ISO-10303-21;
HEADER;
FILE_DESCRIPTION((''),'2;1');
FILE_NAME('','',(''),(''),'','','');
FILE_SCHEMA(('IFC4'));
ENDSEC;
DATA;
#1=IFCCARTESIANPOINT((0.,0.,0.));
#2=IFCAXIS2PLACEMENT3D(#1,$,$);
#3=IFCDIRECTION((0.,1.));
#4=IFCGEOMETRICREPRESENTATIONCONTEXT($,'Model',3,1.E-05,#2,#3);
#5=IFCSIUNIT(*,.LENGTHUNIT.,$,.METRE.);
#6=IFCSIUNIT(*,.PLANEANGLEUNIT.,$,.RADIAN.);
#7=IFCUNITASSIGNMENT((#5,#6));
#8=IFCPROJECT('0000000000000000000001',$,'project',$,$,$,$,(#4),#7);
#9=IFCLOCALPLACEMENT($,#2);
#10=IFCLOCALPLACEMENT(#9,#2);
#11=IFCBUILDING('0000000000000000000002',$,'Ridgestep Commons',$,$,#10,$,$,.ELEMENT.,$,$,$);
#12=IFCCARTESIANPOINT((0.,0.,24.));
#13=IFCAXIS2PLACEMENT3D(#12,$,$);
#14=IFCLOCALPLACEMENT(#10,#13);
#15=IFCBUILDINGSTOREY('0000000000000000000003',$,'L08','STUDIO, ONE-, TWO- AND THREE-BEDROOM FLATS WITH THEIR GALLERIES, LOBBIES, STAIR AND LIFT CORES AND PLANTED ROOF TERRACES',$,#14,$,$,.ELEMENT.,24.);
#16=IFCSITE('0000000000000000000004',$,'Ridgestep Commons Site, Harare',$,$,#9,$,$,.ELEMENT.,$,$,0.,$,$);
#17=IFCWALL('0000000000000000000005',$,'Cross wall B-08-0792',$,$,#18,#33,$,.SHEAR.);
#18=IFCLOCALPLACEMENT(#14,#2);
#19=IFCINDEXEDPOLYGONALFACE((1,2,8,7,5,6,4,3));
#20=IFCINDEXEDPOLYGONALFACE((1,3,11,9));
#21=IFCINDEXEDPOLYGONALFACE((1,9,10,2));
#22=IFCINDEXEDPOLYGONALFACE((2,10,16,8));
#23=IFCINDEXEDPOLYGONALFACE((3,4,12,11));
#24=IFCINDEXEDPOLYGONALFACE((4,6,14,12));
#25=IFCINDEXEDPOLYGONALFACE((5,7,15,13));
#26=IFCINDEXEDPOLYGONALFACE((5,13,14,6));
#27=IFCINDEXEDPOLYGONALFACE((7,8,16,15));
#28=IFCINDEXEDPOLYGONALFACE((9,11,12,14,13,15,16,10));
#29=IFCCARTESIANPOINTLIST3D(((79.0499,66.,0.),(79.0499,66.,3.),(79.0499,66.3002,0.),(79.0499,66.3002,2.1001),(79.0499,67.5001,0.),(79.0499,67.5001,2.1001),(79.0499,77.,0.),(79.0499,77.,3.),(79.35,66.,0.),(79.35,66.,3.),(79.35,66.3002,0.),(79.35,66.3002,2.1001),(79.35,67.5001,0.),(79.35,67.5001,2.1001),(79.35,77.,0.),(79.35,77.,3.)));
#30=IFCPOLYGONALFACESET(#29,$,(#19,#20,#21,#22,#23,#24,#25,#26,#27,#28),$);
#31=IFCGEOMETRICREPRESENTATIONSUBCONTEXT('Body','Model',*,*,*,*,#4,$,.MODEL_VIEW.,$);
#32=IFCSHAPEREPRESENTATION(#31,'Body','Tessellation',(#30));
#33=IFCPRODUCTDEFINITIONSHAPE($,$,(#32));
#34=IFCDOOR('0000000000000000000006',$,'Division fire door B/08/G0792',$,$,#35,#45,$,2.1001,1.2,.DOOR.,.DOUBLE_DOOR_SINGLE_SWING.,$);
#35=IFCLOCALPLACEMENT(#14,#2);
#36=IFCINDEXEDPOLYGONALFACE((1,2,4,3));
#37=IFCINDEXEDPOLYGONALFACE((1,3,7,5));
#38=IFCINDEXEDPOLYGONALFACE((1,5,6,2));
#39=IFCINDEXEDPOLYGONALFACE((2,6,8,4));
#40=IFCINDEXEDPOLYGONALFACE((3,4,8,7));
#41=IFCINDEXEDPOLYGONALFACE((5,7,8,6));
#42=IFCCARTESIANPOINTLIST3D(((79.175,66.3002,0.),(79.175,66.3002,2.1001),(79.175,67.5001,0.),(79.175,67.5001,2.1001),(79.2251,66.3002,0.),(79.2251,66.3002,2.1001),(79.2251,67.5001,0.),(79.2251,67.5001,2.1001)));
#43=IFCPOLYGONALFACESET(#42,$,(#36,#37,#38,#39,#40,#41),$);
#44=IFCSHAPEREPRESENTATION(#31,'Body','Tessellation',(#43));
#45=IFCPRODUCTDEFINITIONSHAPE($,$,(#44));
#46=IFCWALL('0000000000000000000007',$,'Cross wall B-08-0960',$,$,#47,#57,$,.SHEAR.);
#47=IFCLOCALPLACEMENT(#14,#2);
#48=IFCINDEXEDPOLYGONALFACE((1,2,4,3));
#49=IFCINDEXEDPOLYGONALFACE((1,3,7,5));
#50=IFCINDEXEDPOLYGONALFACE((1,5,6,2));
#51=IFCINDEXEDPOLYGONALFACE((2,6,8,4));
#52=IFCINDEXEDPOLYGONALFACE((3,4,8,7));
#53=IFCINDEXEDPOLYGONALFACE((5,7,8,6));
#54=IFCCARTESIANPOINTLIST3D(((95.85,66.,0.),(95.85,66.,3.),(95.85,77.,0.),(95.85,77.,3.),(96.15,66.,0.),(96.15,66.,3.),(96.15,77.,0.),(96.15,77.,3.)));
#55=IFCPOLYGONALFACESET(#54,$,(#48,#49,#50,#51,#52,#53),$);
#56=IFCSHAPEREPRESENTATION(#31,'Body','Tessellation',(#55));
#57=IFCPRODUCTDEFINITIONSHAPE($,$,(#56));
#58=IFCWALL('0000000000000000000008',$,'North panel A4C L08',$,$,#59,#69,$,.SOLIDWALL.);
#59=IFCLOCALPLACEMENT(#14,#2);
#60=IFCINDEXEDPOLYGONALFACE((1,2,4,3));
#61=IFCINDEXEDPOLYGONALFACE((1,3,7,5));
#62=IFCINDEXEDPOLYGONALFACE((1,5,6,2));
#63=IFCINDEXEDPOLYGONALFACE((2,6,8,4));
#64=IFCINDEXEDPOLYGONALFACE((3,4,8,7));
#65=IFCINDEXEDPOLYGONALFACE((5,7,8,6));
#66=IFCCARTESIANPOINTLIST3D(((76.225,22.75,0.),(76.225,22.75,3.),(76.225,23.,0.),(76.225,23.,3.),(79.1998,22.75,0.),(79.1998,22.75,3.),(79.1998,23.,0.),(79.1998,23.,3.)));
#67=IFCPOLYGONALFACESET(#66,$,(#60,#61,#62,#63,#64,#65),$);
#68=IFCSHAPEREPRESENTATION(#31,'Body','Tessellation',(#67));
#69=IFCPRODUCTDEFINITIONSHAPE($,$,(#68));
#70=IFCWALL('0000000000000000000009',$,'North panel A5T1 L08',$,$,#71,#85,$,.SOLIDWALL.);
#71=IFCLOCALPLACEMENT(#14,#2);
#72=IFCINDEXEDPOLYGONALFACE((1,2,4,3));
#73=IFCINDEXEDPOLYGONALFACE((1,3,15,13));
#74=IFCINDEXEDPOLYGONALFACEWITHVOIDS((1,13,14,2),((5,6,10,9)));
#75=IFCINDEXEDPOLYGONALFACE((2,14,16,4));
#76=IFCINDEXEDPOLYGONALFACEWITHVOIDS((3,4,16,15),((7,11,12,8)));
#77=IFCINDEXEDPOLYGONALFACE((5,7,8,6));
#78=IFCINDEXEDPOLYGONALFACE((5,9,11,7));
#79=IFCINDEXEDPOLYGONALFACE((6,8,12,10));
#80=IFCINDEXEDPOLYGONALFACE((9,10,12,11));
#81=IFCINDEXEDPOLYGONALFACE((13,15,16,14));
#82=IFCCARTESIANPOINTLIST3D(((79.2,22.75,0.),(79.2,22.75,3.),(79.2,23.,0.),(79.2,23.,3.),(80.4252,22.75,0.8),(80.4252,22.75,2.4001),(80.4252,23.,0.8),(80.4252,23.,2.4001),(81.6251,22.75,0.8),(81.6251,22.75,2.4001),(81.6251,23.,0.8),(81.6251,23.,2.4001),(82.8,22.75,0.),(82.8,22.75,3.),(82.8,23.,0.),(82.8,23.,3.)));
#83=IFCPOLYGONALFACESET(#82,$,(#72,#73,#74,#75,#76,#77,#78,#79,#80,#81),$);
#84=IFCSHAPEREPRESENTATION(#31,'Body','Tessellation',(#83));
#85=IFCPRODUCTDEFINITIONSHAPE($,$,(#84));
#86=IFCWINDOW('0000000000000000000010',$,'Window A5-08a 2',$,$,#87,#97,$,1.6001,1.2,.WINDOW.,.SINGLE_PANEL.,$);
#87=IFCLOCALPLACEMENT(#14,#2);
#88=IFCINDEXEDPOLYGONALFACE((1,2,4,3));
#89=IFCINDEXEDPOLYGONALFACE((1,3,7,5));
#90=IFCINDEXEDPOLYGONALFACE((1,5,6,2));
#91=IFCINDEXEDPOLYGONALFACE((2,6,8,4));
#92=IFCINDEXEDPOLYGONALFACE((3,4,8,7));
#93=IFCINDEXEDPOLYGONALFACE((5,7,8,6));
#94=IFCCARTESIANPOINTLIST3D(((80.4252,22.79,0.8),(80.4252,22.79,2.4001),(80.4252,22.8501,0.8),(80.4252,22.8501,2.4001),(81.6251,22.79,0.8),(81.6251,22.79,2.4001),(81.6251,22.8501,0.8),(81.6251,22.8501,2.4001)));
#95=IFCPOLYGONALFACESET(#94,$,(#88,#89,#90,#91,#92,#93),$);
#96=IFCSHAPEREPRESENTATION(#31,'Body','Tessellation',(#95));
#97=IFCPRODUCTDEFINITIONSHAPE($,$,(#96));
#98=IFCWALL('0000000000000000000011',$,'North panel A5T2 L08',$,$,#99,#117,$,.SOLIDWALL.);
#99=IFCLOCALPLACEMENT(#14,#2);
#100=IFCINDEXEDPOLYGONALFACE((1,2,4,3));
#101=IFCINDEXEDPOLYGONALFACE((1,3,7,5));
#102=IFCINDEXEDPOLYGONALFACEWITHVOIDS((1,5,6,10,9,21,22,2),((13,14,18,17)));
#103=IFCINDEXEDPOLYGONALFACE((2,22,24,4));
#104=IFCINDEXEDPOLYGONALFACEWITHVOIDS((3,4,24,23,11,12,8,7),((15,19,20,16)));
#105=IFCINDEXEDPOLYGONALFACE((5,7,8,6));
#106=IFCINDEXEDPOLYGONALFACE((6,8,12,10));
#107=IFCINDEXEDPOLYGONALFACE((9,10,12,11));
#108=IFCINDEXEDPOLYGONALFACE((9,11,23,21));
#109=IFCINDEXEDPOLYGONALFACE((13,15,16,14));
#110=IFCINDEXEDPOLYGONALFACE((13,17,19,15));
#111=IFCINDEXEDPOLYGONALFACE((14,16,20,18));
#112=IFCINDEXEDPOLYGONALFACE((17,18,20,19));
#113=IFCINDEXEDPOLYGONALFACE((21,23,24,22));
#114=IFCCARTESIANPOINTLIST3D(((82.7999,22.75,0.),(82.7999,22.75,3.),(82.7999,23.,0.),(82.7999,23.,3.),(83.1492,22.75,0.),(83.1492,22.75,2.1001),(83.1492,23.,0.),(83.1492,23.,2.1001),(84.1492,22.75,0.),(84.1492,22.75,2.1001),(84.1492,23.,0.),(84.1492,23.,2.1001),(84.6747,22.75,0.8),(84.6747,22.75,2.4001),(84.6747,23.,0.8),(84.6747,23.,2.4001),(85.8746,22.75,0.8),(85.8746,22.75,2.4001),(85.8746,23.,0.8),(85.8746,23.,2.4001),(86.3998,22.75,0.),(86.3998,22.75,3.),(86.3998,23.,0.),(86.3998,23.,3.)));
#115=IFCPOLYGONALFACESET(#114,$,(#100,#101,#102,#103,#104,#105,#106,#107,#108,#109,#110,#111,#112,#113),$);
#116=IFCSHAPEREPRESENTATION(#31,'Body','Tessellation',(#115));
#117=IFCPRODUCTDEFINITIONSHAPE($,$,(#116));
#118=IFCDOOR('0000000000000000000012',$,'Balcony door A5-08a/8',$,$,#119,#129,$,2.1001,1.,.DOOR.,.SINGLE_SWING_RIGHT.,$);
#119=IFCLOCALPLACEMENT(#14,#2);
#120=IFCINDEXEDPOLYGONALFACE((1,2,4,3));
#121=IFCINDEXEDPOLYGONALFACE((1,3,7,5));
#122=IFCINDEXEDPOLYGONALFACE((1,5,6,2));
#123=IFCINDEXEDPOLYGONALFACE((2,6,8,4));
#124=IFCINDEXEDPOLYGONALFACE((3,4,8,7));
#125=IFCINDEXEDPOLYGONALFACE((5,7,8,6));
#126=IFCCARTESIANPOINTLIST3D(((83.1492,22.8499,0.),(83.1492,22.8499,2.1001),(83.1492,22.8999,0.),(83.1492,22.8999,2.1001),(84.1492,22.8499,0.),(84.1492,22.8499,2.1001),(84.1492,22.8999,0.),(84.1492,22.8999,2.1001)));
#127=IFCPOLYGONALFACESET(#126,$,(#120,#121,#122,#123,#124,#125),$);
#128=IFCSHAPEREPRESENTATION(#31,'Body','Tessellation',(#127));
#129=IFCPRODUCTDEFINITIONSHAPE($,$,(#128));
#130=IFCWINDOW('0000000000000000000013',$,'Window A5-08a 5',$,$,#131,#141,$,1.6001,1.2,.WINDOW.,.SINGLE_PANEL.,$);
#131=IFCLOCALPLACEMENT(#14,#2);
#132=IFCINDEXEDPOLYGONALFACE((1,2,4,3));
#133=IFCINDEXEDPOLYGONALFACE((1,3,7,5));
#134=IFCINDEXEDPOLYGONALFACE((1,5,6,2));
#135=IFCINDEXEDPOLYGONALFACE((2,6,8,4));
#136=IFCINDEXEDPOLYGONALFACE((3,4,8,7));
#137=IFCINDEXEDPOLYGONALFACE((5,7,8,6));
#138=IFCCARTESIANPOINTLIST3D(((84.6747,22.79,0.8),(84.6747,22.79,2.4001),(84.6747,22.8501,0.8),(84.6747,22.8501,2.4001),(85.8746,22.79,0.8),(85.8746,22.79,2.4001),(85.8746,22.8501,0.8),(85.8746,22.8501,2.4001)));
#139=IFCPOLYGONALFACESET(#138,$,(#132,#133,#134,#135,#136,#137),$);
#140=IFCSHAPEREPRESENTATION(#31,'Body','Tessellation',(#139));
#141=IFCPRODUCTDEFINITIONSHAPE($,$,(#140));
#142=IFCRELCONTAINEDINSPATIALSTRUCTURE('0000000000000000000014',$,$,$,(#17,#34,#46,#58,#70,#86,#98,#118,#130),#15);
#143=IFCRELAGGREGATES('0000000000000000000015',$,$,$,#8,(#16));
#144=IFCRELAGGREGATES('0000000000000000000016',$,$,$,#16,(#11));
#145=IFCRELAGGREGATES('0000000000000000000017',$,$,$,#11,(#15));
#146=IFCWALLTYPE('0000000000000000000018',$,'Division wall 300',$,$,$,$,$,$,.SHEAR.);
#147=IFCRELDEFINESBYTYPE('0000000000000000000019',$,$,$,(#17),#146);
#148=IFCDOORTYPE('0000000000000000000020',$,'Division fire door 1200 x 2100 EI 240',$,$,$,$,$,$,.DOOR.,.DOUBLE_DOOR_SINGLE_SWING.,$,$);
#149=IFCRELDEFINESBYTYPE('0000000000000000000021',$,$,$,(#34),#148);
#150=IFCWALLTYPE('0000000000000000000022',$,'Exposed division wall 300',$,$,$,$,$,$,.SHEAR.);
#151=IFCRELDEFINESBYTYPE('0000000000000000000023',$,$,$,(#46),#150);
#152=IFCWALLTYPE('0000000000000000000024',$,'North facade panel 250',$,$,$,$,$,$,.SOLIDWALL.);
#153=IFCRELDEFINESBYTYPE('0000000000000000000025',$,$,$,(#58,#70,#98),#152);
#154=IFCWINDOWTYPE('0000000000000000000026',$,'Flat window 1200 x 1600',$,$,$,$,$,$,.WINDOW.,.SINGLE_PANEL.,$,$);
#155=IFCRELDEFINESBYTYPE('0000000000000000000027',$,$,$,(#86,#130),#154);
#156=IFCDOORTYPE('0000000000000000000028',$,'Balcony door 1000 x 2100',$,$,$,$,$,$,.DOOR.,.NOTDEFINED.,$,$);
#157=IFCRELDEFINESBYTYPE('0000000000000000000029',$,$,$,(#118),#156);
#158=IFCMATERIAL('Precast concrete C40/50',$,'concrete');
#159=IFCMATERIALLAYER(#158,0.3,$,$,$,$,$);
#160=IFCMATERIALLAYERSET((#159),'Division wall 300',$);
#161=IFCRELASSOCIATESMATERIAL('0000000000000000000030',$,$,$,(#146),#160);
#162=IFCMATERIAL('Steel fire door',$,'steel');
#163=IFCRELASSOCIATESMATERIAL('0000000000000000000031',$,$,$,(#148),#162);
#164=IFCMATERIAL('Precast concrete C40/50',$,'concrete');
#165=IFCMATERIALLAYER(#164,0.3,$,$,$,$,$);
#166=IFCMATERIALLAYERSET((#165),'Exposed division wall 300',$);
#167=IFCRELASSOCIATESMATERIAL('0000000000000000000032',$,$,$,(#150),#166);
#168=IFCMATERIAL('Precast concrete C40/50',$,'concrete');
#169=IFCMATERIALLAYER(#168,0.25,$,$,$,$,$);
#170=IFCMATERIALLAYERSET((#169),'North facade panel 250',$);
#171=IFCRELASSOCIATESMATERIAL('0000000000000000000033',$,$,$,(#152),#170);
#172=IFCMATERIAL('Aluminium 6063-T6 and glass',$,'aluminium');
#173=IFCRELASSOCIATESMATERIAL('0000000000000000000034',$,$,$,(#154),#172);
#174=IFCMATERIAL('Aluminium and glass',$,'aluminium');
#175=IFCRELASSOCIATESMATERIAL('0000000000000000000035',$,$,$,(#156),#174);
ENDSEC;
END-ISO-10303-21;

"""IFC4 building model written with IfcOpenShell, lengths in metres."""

from ifc_helpers import new_model, si_unit, direction, frame, frame_2d, origin, place, context, subcontext, project, spatial, rectangle, extrude, material, layer, layer_set, type_object, element, fill, save


model = new_model("IFC4")

# Units and contexts
model_context = context("Model", 3, precision=1e-05, world=origin(), true_north=direction((0.0, 1.0)))
body_context = subcontext(model_context, "Body", "Model", "MODEL_VIEW")
ifc_project = project(units=[si_unit("LENGTHUNIT", "METRE"), si_unit("PLANEANGLEUNIT", "RADIAN")], contexts=[model_context])

# Site, building, storey
site_placement = place(None, origin())
site = spatial("IfcSite", under=ifc_project, at=site_placement, Name="Ridgestep Commons Site, Harare", CompositionType="ELEMENT", RefElevation=0.0)
building_placement = place(site_placement, origin())
building = spatial("IfcBuilding", under=site, at=building_placement, Name="Ridgestep Commons", CompositionType="ELEMENT")
storey_placement = place(building_placement, frame((0.0, 0.0, 24.0)))
storey = spatial("IfcBuildingStorey", under=building, at=storey_placement, Name="L08", Description="STUDIO, ONE-, TWO- AND THREE-BEDROOM FLATS WITH THEIR GALLERIES, LOBBIES, STAIR AND LIFT CORES AND PLANTED ROOF TERRACES", CompositionType="ELEMENT", Elevation=24.0)

# Wall, opening, door
ifc_material_1 = material(Name="Precast concrete C40/50", Category="concrete")
ifc_layer_1 = layer(ifc_material_1, 0.3)
ifc_layer_set_1 = layer_set([ifc_layer_1], Name="Division wall 300")
wall_type_1 = type_object("IfcWallType", Name="Division wall 300", PredefinedType="SHEAR", material=ifc_layer_set_1)
wall_1_placement = place(storey_placement, frame((79.2, 66.0, 0.0), z_axis=(0.0, 0.0, 1.0), x_axis=(0.0, 1.0, 0.0)))
wall_1 = element("IfcWall", 1, at=wall_1_placement, inside=storey, type_object=wall_type_1, Name="Cross wall B-08-0792", PredefinedType="SHEAR", context=body_context, shape_type="SweptSolid", body=[
    extrude(rectangle(XDim=11.0, YDim=0.3, at=frame_2d((5.5, 0.0))), origin(), (0.0, 0.0, 1.0), 3.0),
])
opening_1_placement = place(wall_1_placement, frame((0.3, 0.0, 0.0)))
opening_1 = element("IfcOpeningElement", 2, at=opening_1_placement, cuts=wall_1, PredefinedType="OPENING", context=body_context, shape_type="SweptSolid", body=[
    extrude(rectangle(XDim=1.2, YDim=2.1001, at=frame_2d((0.6001, 1.05))), frame((0.0, 0.1599, 0.0), z_axis=(0.0, -1.0, 0.0), x_axis=(1.0, 0.0, 0.0)), (0.0, 0.0, 1.0), 0.3201),
])
ifc_material_2 = material(Name="Steel fire door", Category="steel")
door_type_1 = type_object("IfcDoorType", Name="Division fire door 1200 x 2100 EI 240", OperationType="DOUBLE_DOOR_SINGLE_SWING", PredefinedType="DOOR", material=ifc_material_2)
door_1_placement = place(opening_1_placement, origin())
door_1 = element("IfcDoor", 3, at=door_1_placement, inside=storey, type_object=door_type_1, Name="Division fire door B/08/G0792", OperationType="DOUBLE_DOOR_SINGLE_SWING", OverallHeight=2.1001, OverallWidth=1.2, PredefinedType="DOOR", context=body_context, shape_type="SweptSolid", body=[
    extrude(rectangle(XDim=1.2, YDim=2.1001, at=frame_2d((0.6001, 1.05))), frame((0.0, 0.0249, 0.0), z_axis=(0.0, -1.0, 0.0), x_axis=(1.0, 0.0, 0.0)), (0.0, 0.0, 1.0), 0.05),
])
fill(opening_1, door_1)

# Walls
ifc_material_3 = material(Name="Precast concrete C40/50", Category="concrete")
ifc_layer_2 = layer(ifc_material_3, 0.3)
ifc_layer_set_2 = layer_set([ifc_layer_2], Name="Exposed division wall 300")
wall_type_2 = type_object("IfcWallType", Name="Exposed division wall 300", PredefinedType="SHEAR", material=ifc_layer_set_2)
wall_2_placement = place(storey_placement, frame((96.0, 66.0, 0.0), z_axis=(0.0, 0.0, 1.0), x_axis=(0.0, 1.0, 0.0)))
element("IfcWall", 4, at=wall_2_placement, inside=storey, type_object=wall_type_2, Name="Cross wall B-08-0960", PredefinedType="SHEAR", context=body_context, shape_type="SweptSolid", body=[
    extrude(rectangle(XDim=11.0, YDim=0.3, at=frame_2d((5.5, 0.0))), origin(), (0.0, 0.0, 1.0), 3.0),
])
ifc_material_4 = material(Name="Precast concrete C40/50", Category="concrete")
ifc_layer_3 = layer(ifc_material_4, 0.25)
ifc_layer_set_3 = layer_set([ifc_layer_3], Name="North facade panel 250")
wall_type_3 = type_object("IfcWallType", Name="North facade panel 250", PredefinedType="SOLIDWALL", material=ifc_layer_set_3)
wall_3_placement = place(storey_placement, frame((76.2251, 22.875, 0.0), z_axis=(0.0, 0.0, 1.0), x_axis=(1.0, 0.0, 0.0)))
element("IfcWall", 5, at=wall_3_placement, inside=storey, type_object=wall_type_3, Name="North panel A4C L08", PredefinedType="SOLIDWALL", context=body_context, shape_type="SweptSolid", body=[
    extrude(rectangle(XDim=2.9749, YDim=0.25, at=frame_2d((1.4873, 0.0))), origin(), (0.0, 0.0, 1.0), 3.0),
])

# Wall, opening, window
wall_4_placement = place(storey_placement, frame((79.2, 22.875, 0.0), z_axis=(0.0, 0.0, 1.0), x_axis=(1.0, 0.0, 0.0)))
wall_4 = element("IfcWall", 6, at=wall_4_placement, inside=storey, type_object=wall_type_3, Name="North panel A5T1 L08", PredefinedType="SOLIDWALL", context=body_context, shape_type="SweptSolid", body=[
    extrude(rectangle(XDim=3.6001, YDim=0.25, at=frame_2d((1.8, 0.0))), origin(), (0.0, 0.0, 1.0), 3.0),
])
opening_2_placement = place(wall_4_placement, frame((1.2251, 0.0, 0.8)))
opening_2 = element("IfcOpeningElement", 7, at=opening_2_placement, cuts=wall_4, PredefinedType="OPENING", context=body_context, shape_type="SweptSolid", body=[
    extrude(rectangle(XDim=1.2, YDim=1.6001, at=frame_2d((0.6001, 0.8))), frame((0.0, 0.135, 0.0), z_axis=(0.0, -1.0, 0.0), x_axis=(1.0, 0.0, 0.0)), (0.0, 0.0, 1.0), 0.27),
])
ifc_material_5 = material(Name="Aluminium 6063-T6 and glass", Category="aluminium")
window_type_1 = type_object("IfcWindowType", Name="Flat window 1200 x 1600", PartitioningType="SINGLE_PANEL", PredefinedType="WINDOW", material=ifc_material_5)
window_1_placement = place(opening_2_placement, origin())
window_1 = element("IfcWindow", 8, at=window_1_placement, inside=storey, type_object=window_type_1, Name="Window A5-08a 2", OverallHeight=1.6001, OverallWidth=1.2, PartitioningType="SINGLE_PANEL", PredefinedType="WINDOW", context=body_context, shape_type="SweptSolid", body=[
    extrude(rectangle(XDim=1.2, YDim=1.6001, at=frame_2d((0.6001, 0.8))), frame((0.0, -0.0249, 0.0), z_axis=(0.0, -1.0, 0.0), x_axis=(1.0, 0.0, 0.0)), (0.0, 0.0, 1.0), 0.0601),
])
fill(opening_2, window_1)

# Wall, openings, door, window
wall_5_placement = place(storey_placement, frame((82.8, 22.875, 0.0), z_axis=(0.0, 0.0, 1.0), x_axis=(1.0, 0.0, 0.0)))
wall_5 = element("IfcWall", 9, at=wall_5_placement, inside=storey, type_object=wall_type_3, Name="North panel A5T2 L08", PredefinedType="SOLIDWALL", context=body_context, shape_type="SweptSolid", body=[
    extrude(rectangle(XDim=3.5999, YDim=0.25, at=frame_2d((1.7998, 0.0))), origin(), (0.0, 0.0, 1.0), 3.0),
])
opening_3_placement = place(wall_5_placement, frame((1.8745, 0.0, 0.8)))
opening_3 = element("IfcOpeningElement", 10, at=opening_3_placement, cuts=wall_5, PredefinedType="OPENING", context=body_context, shape_type="SweptSolid", body=[
    extrude(rectangle(XDim=1.2, YDim=1.6001, at=frame_2d((0.6001, 0.8))), frame((0.0, 0.135, 0.0), z_axis=(0.0, -1.0, 0.0), x_axis=(1.0, 0.0, 0.0)), (0.0, 0.0, 1.0), 0.27),
])
opening_4_placement = place(wall_5_placement, frame((0.3491, 0.0, 0.0)))
opening_4 = element("IfcOpeningElement", 11, at=opening_4_placement, cuts=wall_5, PredefinedType="OPENING", context=body_context, shape_type="SweptSolid", body=[
    extrude(rectangle(XDim=1.0, YDim=2.1001, at=frame_2d((0.5, 1.05))), frame((0.0, 0.135, 0.0), z_axis=(0.0, -1.0, 0.0), x_axis=(1.0, 0.0, 0.0)), (0.0, 0.0, 1.0), 0.27),
])
ifc_material_6 = material(Name="Aluminium and glass", Category="aluminium")
door_type_2 = type_object("IfcDoorType", Name="Balcony door 1000 x 2100", OperationType="NOTDEFINED", PredefinedType="DOOR", material=ifc_material_6)
door_2_placement = place(opening_4_placement, origin())
door_2 = element("IfcDoor", 12, at=door_2_placement, inside=storey, type_object=door_type_2, Name="Balcony door A5-08a/8", OperationType="SINGLE_SWING_RIGHT", OverallHeight=2.1001, OverallWidth=1.0, PredefinedType="DOOR", context=body_context, shape_type="SweptSolid", body=[
    extrude(rectangle(XDim=1.0, YDim=2.1001, at=frame_2d((0.5, 1.05))), frame((0.0, 0.0249, 0.0), z_axis=(0.0, -1.0, 0.0), x_axis=(1.0, 0.0, 0.0)), (0.0, 0.0, 1.0), 0.05),
])
fill(opening_4, door_2)
window_2_placement = place(opening_3_placement, origin())
window_2 = element("IfcWindow", 13, at=window_2_placement, inside=storey, type_object=window_type_1, Name="Window A5-08a 5", OverallHeight=1.6001, OverallWidth=1.2, PartitioningType="SINGLE_PANEL", PredefinedType="WINDOW", context=body_context, shape_type="SweptSolid", body=[
    extrude(rectangle(XDim=1.2, YDim=1.6001, at=frame_2d((0.6001, 0.8))), frame((0.0, -0.0249, 0.0), z_axis=(0.0, -1.0, 0.0), x_axis=(1.0, 0.0, 0.0)), (0.0, 0.0, 1.0), 0.0601),
])
fill(opening_3, window_2)

save(model, "model.ifc")
